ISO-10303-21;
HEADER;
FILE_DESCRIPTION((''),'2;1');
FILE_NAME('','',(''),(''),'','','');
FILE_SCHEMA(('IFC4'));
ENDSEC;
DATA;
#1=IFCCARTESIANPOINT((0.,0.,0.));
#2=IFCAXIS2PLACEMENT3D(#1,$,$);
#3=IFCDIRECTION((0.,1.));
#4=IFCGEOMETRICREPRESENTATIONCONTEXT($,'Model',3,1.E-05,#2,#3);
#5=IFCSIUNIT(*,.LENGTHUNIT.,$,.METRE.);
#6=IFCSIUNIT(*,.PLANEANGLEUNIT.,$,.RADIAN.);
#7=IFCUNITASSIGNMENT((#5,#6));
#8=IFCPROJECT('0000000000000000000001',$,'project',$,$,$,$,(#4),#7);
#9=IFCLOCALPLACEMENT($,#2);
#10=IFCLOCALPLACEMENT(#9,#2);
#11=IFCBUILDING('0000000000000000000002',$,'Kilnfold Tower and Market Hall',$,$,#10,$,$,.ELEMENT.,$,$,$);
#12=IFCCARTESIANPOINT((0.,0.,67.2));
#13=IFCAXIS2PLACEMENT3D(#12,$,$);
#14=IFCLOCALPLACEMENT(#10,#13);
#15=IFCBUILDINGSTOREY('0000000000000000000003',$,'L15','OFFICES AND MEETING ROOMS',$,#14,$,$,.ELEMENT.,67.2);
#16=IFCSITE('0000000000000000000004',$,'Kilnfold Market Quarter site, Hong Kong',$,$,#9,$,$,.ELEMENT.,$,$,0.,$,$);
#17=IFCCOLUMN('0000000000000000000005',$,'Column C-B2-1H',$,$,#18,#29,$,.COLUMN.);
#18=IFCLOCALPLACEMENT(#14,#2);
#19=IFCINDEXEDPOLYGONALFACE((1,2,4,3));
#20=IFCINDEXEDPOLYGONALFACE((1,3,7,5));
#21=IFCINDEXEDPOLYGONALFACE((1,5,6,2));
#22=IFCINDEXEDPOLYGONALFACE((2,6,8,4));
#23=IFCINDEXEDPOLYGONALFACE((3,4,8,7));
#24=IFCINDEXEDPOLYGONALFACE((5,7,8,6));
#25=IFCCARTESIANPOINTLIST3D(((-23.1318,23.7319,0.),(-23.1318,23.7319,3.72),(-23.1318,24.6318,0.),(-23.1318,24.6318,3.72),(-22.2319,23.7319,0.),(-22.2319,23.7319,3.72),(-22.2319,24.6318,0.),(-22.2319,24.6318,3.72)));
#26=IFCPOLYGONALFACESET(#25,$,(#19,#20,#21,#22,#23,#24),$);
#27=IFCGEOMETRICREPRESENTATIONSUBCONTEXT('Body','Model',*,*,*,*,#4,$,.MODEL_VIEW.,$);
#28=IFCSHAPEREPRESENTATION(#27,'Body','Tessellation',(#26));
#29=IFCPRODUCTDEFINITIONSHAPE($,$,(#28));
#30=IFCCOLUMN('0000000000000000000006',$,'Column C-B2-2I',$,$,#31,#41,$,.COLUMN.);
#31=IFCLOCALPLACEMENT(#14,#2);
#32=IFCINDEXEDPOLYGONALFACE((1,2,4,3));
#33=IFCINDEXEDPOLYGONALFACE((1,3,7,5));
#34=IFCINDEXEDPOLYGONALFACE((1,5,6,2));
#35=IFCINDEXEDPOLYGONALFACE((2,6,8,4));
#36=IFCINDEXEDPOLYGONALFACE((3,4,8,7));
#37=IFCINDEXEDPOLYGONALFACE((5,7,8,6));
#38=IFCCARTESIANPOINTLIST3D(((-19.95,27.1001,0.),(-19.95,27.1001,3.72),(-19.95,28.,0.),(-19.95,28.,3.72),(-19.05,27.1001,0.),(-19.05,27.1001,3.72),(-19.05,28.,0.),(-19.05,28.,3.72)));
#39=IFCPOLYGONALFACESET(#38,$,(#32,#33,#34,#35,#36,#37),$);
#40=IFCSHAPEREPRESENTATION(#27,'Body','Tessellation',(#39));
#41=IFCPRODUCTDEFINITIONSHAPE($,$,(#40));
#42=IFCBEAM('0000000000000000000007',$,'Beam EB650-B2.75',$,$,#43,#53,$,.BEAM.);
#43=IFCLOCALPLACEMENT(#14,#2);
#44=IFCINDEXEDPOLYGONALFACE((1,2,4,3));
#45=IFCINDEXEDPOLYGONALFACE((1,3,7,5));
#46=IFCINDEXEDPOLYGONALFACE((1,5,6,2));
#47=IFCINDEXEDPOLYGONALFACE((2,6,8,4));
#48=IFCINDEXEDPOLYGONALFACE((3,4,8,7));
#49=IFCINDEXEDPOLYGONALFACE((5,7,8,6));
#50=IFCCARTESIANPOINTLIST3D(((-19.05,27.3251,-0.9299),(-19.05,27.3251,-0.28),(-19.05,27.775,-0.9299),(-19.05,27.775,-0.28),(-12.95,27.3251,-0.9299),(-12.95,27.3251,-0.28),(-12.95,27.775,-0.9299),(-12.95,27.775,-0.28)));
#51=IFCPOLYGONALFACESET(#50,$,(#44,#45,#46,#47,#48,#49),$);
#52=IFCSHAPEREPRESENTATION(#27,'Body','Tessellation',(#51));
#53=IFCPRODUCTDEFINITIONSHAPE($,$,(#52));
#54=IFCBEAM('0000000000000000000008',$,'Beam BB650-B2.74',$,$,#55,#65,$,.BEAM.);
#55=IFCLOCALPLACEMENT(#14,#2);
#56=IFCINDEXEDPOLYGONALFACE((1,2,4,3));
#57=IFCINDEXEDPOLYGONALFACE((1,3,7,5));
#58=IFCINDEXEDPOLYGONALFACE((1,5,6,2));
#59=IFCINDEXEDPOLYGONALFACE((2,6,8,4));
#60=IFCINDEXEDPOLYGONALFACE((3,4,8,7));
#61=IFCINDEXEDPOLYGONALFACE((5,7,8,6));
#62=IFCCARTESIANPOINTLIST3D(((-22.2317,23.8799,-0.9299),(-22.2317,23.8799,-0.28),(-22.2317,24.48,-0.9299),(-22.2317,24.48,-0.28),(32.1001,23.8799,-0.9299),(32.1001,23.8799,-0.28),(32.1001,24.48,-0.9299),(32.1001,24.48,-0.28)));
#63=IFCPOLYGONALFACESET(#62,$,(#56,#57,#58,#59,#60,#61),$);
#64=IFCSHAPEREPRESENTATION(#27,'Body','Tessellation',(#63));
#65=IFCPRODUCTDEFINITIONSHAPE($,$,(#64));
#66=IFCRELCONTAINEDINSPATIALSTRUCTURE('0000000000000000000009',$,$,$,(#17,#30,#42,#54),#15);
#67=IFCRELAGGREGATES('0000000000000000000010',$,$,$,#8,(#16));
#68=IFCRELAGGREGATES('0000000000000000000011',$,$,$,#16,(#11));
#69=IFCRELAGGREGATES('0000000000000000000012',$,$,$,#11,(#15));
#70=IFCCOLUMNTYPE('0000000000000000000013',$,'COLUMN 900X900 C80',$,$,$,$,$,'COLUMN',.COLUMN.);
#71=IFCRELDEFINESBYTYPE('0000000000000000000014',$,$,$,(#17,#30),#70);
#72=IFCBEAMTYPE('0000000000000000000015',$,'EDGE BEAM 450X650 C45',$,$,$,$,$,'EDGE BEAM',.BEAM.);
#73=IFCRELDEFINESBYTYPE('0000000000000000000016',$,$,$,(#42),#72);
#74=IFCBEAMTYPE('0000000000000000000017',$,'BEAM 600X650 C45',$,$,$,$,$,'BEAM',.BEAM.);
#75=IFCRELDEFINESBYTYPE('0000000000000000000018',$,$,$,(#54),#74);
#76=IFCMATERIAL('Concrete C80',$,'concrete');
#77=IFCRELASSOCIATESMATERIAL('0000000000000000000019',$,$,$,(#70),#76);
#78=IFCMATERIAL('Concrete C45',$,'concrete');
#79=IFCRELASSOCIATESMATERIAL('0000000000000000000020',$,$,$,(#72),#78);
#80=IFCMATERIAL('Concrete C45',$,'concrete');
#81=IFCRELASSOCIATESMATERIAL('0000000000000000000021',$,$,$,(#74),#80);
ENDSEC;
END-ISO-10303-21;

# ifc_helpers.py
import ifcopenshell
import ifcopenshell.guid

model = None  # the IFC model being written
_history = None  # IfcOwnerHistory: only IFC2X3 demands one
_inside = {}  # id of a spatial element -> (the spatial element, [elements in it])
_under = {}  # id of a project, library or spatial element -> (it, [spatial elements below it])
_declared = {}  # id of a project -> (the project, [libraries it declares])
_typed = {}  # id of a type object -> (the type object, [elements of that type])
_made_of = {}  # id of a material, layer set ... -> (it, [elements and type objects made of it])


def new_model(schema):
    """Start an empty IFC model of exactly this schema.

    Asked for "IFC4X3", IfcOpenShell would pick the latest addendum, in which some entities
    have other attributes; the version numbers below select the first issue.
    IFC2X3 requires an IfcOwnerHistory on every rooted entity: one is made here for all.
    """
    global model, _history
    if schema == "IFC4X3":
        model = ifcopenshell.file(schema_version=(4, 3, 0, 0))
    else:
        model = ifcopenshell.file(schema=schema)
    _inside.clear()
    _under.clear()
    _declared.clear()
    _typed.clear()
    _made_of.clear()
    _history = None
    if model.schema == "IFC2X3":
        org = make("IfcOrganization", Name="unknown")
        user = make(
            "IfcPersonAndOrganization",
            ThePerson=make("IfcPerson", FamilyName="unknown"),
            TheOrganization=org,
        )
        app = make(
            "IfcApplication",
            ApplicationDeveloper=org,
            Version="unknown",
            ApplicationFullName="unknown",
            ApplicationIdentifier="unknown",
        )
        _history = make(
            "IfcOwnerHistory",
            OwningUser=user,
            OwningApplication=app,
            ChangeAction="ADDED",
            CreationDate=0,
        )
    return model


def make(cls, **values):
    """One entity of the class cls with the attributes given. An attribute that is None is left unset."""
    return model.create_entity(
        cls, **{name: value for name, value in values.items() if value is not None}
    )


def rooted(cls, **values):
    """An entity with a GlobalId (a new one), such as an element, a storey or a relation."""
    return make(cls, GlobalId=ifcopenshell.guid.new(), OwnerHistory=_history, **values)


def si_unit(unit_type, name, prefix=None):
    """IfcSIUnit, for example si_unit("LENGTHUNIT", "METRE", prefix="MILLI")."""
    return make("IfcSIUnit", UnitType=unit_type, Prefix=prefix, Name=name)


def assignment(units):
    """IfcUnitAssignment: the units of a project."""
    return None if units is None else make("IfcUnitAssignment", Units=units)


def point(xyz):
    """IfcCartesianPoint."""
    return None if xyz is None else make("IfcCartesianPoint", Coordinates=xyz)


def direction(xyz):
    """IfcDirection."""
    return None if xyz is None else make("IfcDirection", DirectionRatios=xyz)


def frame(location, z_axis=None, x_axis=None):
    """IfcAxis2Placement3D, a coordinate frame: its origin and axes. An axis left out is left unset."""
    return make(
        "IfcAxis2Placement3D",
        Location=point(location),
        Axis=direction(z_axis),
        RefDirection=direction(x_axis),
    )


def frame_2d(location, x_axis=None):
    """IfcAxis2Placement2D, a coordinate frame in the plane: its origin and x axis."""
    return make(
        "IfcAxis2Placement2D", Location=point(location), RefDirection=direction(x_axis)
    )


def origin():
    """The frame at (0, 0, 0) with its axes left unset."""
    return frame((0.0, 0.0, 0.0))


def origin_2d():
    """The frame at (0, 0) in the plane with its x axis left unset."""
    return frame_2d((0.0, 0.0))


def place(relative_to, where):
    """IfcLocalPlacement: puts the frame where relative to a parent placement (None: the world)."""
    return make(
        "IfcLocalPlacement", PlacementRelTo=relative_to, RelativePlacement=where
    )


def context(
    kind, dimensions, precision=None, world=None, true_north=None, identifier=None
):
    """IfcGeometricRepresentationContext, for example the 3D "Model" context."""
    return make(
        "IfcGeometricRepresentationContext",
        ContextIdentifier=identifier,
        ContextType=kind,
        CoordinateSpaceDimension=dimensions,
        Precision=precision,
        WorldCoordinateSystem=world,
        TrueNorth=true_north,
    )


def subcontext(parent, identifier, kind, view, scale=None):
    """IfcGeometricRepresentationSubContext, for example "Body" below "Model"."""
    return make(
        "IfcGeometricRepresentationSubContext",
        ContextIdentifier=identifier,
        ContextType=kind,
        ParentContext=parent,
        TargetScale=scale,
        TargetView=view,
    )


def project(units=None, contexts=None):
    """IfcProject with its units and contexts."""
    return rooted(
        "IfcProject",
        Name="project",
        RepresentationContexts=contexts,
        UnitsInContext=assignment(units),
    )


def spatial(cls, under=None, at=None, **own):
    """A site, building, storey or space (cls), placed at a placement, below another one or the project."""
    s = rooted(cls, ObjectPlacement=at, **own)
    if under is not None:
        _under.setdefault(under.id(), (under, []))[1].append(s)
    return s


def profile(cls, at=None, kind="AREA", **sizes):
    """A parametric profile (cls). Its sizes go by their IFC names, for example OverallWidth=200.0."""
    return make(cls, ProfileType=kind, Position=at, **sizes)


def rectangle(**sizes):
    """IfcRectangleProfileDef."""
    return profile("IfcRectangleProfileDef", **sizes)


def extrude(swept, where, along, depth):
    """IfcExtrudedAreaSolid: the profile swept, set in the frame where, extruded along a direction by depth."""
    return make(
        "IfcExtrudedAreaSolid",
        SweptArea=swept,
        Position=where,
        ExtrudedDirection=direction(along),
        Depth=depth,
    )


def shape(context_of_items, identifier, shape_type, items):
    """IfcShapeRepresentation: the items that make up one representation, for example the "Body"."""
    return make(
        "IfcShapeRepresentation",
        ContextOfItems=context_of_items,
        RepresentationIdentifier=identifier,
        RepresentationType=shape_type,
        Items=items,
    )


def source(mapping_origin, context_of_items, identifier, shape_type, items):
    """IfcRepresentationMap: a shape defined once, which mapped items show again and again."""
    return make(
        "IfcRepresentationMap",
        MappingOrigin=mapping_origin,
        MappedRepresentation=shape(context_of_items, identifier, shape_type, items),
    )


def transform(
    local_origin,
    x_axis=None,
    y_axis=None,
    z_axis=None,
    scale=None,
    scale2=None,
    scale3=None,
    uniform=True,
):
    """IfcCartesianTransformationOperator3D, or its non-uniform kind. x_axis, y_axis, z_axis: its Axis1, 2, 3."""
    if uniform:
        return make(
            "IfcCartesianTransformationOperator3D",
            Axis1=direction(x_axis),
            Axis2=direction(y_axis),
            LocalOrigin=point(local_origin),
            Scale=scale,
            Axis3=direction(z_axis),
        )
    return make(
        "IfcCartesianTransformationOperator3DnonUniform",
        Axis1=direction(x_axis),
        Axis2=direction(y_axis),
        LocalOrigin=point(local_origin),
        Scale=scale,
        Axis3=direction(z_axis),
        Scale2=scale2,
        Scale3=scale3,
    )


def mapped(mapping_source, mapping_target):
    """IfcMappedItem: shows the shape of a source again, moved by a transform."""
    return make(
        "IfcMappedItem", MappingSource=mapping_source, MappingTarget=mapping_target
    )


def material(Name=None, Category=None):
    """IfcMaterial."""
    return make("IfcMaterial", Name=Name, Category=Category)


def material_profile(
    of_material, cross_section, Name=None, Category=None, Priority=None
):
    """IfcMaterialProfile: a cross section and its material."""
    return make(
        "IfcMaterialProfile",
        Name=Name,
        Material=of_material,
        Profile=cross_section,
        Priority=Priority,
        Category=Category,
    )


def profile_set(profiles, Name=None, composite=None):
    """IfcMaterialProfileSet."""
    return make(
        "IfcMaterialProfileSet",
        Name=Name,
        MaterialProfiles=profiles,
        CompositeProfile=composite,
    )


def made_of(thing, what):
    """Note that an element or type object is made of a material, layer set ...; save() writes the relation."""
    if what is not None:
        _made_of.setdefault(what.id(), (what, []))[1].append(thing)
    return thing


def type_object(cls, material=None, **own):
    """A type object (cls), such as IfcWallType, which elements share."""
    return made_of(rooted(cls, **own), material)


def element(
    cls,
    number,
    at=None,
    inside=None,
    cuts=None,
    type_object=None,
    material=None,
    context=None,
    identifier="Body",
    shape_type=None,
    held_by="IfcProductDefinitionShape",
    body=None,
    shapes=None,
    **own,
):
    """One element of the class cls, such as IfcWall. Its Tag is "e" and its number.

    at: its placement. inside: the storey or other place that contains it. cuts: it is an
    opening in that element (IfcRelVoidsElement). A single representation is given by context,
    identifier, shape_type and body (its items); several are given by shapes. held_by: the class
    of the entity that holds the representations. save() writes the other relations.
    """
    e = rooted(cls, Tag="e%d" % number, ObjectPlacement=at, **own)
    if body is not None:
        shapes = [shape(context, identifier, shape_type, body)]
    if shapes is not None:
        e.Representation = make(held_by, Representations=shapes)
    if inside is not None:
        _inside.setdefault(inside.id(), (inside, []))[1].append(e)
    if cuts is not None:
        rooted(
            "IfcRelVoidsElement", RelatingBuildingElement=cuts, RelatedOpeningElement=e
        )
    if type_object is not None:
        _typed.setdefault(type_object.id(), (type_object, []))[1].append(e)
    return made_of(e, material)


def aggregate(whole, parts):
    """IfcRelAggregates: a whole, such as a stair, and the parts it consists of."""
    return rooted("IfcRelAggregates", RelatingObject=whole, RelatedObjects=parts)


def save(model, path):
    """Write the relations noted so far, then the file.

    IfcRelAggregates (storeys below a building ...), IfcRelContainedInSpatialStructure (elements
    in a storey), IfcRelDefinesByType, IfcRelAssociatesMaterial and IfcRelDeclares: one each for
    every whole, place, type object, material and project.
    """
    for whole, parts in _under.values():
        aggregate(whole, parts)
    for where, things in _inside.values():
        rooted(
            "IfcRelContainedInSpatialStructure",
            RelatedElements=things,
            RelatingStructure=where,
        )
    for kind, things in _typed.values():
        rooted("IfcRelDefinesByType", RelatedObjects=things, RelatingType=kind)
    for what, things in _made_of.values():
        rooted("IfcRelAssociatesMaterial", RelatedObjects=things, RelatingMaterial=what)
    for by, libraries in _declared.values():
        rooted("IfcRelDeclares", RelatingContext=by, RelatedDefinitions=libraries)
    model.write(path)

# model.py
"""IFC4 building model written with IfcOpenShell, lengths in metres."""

from ifc_helpers import new_model, si_unit, direction, frame, origin, origin_2d, place, context, subcontext, project, spatial, rectangle, extrude, source, transform, mapped, material, material_profile, profile_set, type_object, element, save


model = new_model("IFC4")

# Units and contexts
model_context = context("Model", 3, precision=1e-05, world=origin(), true_north=direction((0.0, 1.0)))
body_context = subcontext(model_context, "Body", "Model", "MODEL_VIEW")
ifc_project = project(units=[si_unit("LENGTHUNIT", "METRE"), si_unit("PLANEANGLEUNIT", "RADIAN")], contexts=[model_context])

# Site, building, storey
site_placement = place(None, origin())
site = spatial("IfcSite", under=ifc_project, at=site_placement, Name="Kilnfold Market Quarter site, Hong Kong", CompositionType="ELEMENT", RefElevation=0.0)
building_placement = place(site_placement, origin())
building = spatial("IfcBuilding", under=site, at=building_placement, Name="Kilnfold Tower and Market Hall", CompositionType="ELEMENT")
storey_placement = place(building_placement, frame((0.0, 0.0, 67.2)))
storey = spatial("IfcBuildingStorey", under=building, at=storey_placement, Name="L15", Description="OFFICES AND MEETING ROOMS", CompositionType="ELEMENT", Elevation=67.2)

# Columns
ifc_material_1 = material(Name="Concrete C80", Category="concrete")
ifc_material_profile_1 = material_profile(ifc_material_1, rectangle(XDim=0.8999, YDim=0.8999, at=origin_2d()), Name="RC 900x900")
ifc_profile_set_1 = profile_set([ifc_material_profile_1], Name="Concrete C80")
column_type = type_object("IfcColumnType", Name="COLUMN 900X900 C80", ElementType="COLUMN", PredefinedType="COLUMN", material=ifc_profile_set_1)
shared_shape_1 = source(origin(), body_context, "Body", "SweptSolid", [
    extrude(rectangle(XDim=0.8999, YDim=0.8999, at=origin_2d()), origin(), (0.0, 0.0, 1.0), 3.72),
])
for number, where, z_axis, x_axis, name in (
    (1, (-22.6819, 24.1819, 0.0), (0.0, 0.0, 1.0), (1.0, 0.0, 0.0), "Column C-B2-1H"),
    (2, (-19.5, 27.55, 0.0), (0.0, 0.0, 1.0), (1.0, 0.0, 0.0), "Column C-B2-2I"),
):
    element("IfcColumn", number, at=place(storey_placement, frame(where, z_axis=z_axis, x_axis=x_axis)), inside=storey, type_object=column_type, Name=name, PredefinedType="COLUMN", context=body_context, shape_type="MappedRepresentation", body=[
        mapped(shared_shape_1, transform((0.0, 0.0, 0.0))),
    ])

# Beams
ifc_material_2 = material(Name="Concrete C45", Category="concrete")
ifc_material_profile_2 = material_profile(ifc_material_2, rectangle(XDim=0.45, YDim=0.6499, at=origin_2d()), Name="RC 450x650")
ifc_profile_set_2 = profile_set([ifc_material_profile_2], Name="Concrete C45")
beam_type_1 = type_object("IfcBeamType", Name="EDGE BEAM 450X650 C45", ElementType="EDGE BEAM", PredefinedType="BEAM", material=ifc_profile_set_2)
shared_shape_2 = source(origin(), body_context, "Body", "SweptSolid", [
    extrude(rectangle(XDim=0.45, YDim=0.6499, at=origin_2d()), origin(), (0.0, 0.0, 1.0), 6.1001),
])
beam_1_placement = place(storey_placement, frame((-19.05, 27.55, -0.605), z_axis=(1.0, 0.0, 0.0), x_axis=(0.0, 1.0, 0.0)))
element("IfcBeam", 3, at=beam_1_placement, inside=storey, type_object=beam_type_1, Name="Beam EB650-B2.75", PredefinedType="BEAM", context=body_context, shape_type="MappedRepresentation", body=[
    mapped(shared_shape_2, transform((0.0, 0.0, 0.0))),
])
ifc_material_3 = material(Name="Concrete C45", Category="concrete")
ifc_material_profile_3 = material_profile(ifc_material_3, rectangle(XDim=0.6001, YDim=0.6499, at=origin_2d()), Name="RC 600x650")
ifc_profile_set_3 = profile_set([ifc_material_profile_3], Name="Concrete C45")
beam_type_2 = type_object("IfcBeamType", Name="BEAM 600X650 C45", ElementType="BEAM", PredefinedType="BEAM", material=ifc_profile_set_3)
shared_shape_3 = source(origin(), body_context, "Body", "SweptSolid", [
    extrude(rectangle(XDim=0.6001, YDim=0.6499, at=origin_2d()), origin(), (0.0, 0.0, 1.0), 54.3318),
])
beam_2_placement = place(storey_placement, frame((-22.2317, 24.1799, -0.605), z_axis=(1.0, 0.0, 0.0), x_axis=(0.0, 1.0, 0.0)))
element("IfcBeam", 4, at=beam_2_placement, inside=storey, type_object=beam_type_2, Name="Beam BB650-B2.74", PredefinedType="BEAM", context=body_context, shape_type="MappedRepresentation", body=[
    mapped(shared_shape_3, transform((0.0, 0.0, 0.0))),
])

save(model, "model.ifc")
